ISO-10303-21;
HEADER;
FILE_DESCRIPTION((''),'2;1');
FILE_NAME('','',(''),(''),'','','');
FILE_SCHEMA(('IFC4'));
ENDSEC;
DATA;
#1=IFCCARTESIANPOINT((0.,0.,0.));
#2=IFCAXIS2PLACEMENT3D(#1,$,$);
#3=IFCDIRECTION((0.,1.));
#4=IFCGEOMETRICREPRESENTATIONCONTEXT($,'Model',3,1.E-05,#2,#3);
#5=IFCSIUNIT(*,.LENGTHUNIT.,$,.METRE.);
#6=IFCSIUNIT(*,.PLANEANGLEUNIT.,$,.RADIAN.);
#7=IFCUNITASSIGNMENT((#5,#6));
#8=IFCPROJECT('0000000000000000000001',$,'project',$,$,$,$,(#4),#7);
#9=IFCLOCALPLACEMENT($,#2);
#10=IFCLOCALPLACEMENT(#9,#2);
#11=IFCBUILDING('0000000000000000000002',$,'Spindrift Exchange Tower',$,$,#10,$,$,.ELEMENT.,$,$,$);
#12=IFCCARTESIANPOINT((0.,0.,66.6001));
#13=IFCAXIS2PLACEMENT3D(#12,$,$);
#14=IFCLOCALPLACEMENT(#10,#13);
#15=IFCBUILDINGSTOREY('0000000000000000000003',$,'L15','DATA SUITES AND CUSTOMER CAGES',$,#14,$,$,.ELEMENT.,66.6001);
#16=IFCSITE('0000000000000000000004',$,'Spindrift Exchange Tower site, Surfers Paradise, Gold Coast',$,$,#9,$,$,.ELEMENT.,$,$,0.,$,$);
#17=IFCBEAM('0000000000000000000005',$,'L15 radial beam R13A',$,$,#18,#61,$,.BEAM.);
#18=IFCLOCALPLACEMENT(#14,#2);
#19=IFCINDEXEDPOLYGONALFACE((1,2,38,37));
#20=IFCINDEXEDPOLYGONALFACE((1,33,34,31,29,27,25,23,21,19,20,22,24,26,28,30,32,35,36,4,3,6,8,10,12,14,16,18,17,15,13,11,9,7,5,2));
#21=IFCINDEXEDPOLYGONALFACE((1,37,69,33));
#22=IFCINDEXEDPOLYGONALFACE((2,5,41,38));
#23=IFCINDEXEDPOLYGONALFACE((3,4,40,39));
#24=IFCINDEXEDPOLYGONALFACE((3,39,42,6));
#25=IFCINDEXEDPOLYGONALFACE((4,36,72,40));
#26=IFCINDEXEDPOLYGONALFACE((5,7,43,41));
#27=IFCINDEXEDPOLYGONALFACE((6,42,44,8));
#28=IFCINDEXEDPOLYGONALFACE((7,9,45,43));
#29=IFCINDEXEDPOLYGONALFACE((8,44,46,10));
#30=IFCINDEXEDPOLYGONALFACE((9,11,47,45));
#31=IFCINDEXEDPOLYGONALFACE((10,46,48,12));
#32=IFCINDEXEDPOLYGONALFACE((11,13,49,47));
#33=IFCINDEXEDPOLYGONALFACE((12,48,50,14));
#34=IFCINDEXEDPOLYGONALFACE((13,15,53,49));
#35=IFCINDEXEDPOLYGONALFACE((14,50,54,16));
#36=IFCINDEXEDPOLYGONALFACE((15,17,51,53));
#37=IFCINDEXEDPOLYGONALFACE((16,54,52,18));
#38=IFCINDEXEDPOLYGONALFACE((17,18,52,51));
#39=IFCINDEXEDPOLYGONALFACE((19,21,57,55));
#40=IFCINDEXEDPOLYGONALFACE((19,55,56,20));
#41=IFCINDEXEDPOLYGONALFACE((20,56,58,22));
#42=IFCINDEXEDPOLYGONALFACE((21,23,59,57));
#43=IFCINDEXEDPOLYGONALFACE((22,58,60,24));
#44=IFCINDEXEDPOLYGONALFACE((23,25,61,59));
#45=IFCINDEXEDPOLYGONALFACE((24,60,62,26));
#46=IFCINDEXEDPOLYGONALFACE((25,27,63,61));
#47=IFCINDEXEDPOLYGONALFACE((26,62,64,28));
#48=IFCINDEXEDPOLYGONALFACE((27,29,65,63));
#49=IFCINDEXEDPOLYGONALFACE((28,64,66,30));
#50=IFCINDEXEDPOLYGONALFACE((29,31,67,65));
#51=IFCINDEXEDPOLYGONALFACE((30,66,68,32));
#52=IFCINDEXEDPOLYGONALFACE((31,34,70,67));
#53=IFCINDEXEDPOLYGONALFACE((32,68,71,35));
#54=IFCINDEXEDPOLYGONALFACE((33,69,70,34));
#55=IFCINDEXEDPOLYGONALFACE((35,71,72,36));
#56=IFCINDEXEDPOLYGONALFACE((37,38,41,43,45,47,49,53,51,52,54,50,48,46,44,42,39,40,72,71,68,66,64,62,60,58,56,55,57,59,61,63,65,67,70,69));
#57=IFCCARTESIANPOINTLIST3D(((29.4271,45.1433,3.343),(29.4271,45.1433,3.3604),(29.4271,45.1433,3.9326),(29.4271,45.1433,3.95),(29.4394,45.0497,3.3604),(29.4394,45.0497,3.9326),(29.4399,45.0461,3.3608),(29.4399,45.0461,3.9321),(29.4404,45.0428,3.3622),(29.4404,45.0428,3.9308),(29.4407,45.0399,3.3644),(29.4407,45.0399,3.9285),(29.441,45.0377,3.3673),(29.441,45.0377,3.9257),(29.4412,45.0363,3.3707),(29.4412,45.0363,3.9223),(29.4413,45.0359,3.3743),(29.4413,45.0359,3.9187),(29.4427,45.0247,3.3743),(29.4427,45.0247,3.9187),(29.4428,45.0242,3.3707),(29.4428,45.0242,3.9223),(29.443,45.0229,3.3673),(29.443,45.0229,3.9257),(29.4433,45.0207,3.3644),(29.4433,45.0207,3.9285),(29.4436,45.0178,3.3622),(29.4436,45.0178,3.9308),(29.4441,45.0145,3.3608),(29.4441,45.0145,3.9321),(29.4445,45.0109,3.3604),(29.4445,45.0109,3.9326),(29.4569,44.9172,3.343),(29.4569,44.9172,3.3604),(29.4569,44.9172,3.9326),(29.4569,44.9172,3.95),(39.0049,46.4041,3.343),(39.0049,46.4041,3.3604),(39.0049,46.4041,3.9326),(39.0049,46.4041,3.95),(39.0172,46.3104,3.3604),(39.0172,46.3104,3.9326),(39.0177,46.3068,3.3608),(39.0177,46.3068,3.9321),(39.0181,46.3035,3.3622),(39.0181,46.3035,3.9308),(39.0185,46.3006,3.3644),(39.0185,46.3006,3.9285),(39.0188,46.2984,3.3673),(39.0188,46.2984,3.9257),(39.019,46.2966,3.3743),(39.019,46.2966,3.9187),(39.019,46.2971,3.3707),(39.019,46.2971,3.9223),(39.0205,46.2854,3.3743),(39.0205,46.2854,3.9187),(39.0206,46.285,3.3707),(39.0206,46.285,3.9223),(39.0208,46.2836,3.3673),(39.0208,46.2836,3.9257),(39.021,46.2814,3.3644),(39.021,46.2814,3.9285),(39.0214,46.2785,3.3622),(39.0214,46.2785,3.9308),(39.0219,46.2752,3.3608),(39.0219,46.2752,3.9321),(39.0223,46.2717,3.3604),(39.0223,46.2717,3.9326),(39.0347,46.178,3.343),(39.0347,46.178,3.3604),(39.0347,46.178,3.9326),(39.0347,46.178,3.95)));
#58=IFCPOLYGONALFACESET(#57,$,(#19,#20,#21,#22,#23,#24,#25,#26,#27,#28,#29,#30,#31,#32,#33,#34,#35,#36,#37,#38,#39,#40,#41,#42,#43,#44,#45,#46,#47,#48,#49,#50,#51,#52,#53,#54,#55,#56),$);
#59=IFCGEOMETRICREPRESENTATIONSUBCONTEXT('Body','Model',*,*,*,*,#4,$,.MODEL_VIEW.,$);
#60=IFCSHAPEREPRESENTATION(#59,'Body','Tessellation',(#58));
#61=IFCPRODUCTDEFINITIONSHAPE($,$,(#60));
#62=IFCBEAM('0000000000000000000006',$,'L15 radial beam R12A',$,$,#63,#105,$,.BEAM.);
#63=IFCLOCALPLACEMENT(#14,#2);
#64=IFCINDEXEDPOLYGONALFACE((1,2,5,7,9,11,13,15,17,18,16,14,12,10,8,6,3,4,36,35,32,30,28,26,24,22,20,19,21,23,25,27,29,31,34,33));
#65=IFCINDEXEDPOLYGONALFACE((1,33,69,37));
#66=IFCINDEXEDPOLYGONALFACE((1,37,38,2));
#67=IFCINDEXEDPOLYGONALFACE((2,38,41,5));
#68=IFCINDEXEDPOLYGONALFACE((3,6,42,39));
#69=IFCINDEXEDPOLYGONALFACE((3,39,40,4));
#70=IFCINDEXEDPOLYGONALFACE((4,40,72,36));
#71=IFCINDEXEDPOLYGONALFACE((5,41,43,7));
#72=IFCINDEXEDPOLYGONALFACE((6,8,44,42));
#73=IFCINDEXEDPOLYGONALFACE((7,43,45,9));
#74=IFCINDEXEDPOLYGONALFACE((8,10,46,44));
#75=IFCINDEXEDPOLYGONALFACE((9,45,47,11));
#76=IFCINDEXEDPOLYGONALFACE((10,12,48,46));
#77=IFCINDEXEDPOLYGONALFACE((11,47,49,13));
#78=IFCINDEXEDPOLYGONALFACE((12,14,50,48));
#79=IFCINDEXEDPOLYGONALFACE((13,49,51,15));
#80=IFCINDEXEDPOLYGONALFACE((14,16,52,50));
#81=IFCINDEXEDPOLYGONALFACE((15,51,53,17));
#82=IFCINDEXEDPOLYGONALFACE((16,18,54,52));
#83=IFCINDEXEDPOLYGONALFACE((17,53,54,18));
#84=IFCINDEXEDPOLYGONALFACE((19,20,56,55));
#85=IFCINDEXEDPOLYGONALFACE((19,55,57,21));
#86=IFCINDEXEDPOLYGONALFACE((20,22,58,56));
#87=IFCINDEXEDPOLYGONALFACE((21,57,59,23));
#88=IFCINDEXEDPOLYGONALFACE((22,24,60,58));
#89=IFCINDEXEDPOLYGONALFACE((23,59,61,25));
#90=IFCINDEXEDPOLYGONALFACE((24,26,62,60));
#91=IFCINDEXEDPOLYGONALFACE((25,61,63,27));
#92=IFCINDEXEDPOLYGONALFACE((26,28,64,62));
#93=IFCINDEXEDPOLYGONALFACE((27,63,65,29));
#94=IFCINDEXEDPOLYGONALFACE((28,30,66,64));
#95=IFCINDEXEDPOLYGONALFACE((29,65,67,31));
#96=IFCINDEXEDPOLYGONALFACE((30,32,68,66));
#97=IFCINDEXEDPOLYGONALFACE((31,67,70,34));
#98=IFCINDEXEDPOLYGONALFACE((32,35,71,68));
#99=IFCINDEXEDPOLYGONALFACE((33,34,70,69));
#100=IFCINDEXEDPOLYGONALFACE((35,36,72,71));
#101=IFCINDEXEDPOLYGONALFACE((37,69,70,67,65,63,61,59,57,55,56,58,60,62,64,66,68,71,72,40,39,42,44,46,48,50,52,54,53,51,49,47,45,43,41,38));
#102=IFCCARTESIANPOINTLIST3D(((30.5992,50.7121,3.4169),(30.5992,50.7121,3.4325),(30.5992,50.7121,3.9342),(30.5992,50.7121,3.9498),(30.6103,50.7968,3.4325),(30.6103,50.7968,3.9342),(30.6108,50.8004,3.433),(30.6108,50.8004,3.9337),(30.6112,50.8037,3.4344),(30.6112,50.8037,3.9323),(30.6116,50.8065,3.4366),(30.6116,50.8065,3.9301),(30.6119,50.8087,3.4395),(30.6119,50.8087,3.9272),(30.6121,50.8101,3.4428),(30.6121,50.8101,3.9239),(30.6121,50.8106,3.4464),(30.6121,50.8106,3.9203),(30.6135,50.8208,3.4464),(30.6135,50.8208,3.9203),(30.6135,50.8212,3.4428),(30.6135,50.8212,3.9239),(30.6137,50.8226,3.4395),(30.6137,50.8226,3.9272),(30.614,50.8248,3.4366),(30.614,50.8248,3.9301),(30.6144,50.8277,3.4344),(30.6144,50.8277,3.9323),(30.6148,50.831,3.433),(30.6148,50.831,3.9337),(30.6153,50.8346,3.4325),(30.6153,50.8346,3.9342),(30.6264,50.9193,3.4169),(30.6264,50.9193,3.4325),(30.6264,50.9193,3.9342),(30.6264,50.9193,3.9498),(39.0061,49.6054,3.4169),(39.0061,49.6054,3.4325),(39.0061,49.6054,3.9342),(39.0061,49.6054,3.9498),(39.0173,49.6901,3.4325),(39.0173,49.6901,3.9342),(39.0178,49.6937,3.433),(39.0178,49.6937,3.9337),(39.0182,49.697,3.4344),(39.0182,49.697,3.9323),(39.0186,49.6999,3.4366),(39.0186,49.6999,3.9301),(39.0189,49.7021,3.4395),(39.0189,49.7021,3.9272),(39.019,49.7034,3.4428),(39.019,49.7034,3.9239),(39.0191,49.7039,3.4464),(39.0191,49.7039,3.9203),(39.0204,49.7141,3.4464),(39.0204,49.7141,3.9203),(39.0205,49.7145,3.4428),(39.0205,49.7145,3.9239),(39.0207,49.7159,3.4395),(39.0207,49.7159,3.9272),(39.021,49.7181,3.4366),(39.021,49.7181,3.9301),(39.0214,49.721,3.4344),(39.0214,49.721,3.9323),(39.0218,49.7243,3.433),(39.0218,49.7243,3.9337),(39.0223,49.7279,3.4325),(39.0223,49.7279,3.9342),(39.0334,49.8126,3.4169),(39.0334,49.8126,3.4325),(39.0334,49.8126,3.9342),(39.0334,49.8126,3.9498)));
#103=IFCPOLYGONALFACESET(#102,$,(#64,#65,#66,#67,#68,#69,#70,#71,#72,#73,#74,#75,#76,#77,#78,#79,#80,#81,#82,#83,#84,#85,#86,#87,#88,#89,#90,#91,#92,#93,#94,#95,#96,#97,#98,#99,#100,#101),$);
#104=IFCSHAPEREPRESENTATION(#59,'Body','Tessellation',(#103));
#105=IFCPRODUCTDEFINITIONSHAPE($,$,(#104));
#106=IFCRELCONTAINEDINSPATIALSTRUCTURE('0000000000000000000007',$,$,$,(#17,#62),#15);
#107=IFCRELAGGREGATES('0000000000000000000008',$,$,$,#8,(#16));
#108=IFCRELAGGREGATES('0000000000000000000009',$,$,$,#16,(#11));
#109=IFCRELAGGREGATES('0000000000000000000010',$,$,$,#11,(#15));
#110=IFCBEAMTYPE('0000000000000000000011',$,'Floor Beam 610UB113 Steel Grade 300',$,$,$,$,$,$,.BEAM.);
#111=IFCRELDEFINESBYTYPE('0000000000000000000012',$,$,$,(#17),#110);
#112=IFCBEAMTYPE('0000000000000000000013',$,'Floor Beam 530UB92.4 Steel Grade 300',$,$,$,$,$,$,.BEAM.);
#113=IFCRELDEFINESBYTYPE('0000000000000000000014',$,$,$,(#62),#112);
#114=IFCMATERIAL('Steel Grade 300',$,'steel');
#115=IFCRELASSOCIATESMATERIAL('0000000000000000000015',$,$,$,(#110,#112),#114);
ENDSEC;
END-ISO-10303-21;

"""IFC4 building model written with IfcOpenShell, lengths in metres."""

from ifc_helpers import new_model, si_unit, direction, frame, origin, origin_2d, place, context, subcontext, project, spatial, i_section, extrude, source, transform, mapped, material, material_profile, profile_set, type_object, element, save


model = new_model("IFC4")

# Units and contexts
model_context = context("Model", 3, precision=1e-05, world=origin(), true_north=direction((0.0, 1.0)))
body_context = subcontext(model_context, "Body", "Model", "MODEL_VIEW")
ifc_project = project(units=[si_unit("LENGTHUNIT", "METRE"), si_unit("PLANEANGLEUNIT", "RADIAN")], contexts=[model_context])

# Site, building, storey
site_placement = place(None, origin())
site = spatial("IfcSite", under=ifc_project, at=site_placement, Name="Spindrift Exchange Tower site, Surfers Paradise, Gold Coast", CompositionType="ELEMENT", RefElevation=0.0)
building_placement = place(site_placement, origin())
building = spatial("IfcBuilding", under=site, at=building_placement, Name="Spindrift Exchange Tower", CompositionType="ELEMENT")
storey_placement = place(building_placement, frame((0.0, 0.0, 66.6001)))
storey = spatial("IfcBuildingStorey", under=building, at=storey_placement, Name="L15", Description="DATA SUITES AND CUSTOMER CAGES", CompositionType="ELEMENT", Elevation=66.6001)

# Beams
ifc_material_1 = material(Name="Steel Grade 300", Category="steel")
ifc_material_profile_1 = material_profile(ifc_material_1, i_section(OverallWidth=0.228, OverallDepth=0.6069, WebThickness=0.0112, FlangeThickness=0.0173, FilletRadius=0.0139, at=origin_2d()), Name="610UB113")
ifc_profile_set_1 = profile_set([ifc_material_profile_1], Name="Steel Grade 300")
beam_type_1 = type_object("IfcBeamType", Name="Floor Beam 610UB113 Steel Grade 300", PredefinedType="BEAM", material=ifc_profile_set_1)
shared_shape_1 = source(origin(), body_context, "Body", "SweptSolid", [
    extrude(i_section(OverallWidth=0.228, OverallDepth=0.6069, WebThickness=0.0112, FlangeThickness=0.0173, FilletRadius=0.0139, at=origin_2d()), origin(), (0.0, 0.0, 1.0), 9.6604),
])
beam_1_placement = place(storey_placement, frame((39.0198, 46.291, 3.6465), z_axis=(-0.991448, -0.130505, 0.0), x_axis=(0.130505, -0.991448, 0.0)))
element("IfcBeam", 1, at=beam_1_placement, inside=storey, type_object=beam_type_1, Name="L15 radial beam R13A", PredefinedType="BEAM", context=body_context, shape_type="MappedRepresentation", body=[
    mapped(shared_shape_1, transform((0.0, 0.0, 0.0), scale=1.0)),
])
ifc_material_profile_2 = material_profile(ifc_material_1, i_section(OverallWidth=0.209, OverallDepth=0.533, WebThickness=0.0103, FlangeThickness=0.0156, FilletRadius=0.0139, at=origin_2d()), Name="530UB92.4")
ifc_profile_set_2 = profile_set([ifc_material_profile_2], Name="Steel Grade 300")
beam_type_2 = type_object("IfcBeamType", Name="Floor Beam 530UB92.4 Steel Grade 300", PredefinedType="BEAM", material=ifc_profile_set_2)
shared_shape_2 = source(origin(), body_context, "Body", "SweptSolid", [
    extrude(i_section(OverallWidth=0.209, OverallDepth=0.533, WebThickness=0.0103, FlangeThickness=0.0156, FilletRadius=0.0139, at=origin_2d()), origin(), (0.0, 0.0, 1.0), 8.4795),
])
beam_2_placement = place(storey_placement, frame((39.0198, 49.709, 3.6833), z_axis=(-0.991447, 0.130513, 0.0), x_axis=(-0.130513, -0.991447, 0.0)))
element("IfcBeam", 2, at=beam_2_placement, inside=storey, type_object=beam_type_2, Name="L15 radial beam R12A", PredefinedType="BEAM", context=body_context, shape_type="MappedRepresentation", body=[
    mapped(shared_shape_2, transform((0.0, 0.0, 0.0), scale=1.0)),
])

save(model, "model.ifc")
